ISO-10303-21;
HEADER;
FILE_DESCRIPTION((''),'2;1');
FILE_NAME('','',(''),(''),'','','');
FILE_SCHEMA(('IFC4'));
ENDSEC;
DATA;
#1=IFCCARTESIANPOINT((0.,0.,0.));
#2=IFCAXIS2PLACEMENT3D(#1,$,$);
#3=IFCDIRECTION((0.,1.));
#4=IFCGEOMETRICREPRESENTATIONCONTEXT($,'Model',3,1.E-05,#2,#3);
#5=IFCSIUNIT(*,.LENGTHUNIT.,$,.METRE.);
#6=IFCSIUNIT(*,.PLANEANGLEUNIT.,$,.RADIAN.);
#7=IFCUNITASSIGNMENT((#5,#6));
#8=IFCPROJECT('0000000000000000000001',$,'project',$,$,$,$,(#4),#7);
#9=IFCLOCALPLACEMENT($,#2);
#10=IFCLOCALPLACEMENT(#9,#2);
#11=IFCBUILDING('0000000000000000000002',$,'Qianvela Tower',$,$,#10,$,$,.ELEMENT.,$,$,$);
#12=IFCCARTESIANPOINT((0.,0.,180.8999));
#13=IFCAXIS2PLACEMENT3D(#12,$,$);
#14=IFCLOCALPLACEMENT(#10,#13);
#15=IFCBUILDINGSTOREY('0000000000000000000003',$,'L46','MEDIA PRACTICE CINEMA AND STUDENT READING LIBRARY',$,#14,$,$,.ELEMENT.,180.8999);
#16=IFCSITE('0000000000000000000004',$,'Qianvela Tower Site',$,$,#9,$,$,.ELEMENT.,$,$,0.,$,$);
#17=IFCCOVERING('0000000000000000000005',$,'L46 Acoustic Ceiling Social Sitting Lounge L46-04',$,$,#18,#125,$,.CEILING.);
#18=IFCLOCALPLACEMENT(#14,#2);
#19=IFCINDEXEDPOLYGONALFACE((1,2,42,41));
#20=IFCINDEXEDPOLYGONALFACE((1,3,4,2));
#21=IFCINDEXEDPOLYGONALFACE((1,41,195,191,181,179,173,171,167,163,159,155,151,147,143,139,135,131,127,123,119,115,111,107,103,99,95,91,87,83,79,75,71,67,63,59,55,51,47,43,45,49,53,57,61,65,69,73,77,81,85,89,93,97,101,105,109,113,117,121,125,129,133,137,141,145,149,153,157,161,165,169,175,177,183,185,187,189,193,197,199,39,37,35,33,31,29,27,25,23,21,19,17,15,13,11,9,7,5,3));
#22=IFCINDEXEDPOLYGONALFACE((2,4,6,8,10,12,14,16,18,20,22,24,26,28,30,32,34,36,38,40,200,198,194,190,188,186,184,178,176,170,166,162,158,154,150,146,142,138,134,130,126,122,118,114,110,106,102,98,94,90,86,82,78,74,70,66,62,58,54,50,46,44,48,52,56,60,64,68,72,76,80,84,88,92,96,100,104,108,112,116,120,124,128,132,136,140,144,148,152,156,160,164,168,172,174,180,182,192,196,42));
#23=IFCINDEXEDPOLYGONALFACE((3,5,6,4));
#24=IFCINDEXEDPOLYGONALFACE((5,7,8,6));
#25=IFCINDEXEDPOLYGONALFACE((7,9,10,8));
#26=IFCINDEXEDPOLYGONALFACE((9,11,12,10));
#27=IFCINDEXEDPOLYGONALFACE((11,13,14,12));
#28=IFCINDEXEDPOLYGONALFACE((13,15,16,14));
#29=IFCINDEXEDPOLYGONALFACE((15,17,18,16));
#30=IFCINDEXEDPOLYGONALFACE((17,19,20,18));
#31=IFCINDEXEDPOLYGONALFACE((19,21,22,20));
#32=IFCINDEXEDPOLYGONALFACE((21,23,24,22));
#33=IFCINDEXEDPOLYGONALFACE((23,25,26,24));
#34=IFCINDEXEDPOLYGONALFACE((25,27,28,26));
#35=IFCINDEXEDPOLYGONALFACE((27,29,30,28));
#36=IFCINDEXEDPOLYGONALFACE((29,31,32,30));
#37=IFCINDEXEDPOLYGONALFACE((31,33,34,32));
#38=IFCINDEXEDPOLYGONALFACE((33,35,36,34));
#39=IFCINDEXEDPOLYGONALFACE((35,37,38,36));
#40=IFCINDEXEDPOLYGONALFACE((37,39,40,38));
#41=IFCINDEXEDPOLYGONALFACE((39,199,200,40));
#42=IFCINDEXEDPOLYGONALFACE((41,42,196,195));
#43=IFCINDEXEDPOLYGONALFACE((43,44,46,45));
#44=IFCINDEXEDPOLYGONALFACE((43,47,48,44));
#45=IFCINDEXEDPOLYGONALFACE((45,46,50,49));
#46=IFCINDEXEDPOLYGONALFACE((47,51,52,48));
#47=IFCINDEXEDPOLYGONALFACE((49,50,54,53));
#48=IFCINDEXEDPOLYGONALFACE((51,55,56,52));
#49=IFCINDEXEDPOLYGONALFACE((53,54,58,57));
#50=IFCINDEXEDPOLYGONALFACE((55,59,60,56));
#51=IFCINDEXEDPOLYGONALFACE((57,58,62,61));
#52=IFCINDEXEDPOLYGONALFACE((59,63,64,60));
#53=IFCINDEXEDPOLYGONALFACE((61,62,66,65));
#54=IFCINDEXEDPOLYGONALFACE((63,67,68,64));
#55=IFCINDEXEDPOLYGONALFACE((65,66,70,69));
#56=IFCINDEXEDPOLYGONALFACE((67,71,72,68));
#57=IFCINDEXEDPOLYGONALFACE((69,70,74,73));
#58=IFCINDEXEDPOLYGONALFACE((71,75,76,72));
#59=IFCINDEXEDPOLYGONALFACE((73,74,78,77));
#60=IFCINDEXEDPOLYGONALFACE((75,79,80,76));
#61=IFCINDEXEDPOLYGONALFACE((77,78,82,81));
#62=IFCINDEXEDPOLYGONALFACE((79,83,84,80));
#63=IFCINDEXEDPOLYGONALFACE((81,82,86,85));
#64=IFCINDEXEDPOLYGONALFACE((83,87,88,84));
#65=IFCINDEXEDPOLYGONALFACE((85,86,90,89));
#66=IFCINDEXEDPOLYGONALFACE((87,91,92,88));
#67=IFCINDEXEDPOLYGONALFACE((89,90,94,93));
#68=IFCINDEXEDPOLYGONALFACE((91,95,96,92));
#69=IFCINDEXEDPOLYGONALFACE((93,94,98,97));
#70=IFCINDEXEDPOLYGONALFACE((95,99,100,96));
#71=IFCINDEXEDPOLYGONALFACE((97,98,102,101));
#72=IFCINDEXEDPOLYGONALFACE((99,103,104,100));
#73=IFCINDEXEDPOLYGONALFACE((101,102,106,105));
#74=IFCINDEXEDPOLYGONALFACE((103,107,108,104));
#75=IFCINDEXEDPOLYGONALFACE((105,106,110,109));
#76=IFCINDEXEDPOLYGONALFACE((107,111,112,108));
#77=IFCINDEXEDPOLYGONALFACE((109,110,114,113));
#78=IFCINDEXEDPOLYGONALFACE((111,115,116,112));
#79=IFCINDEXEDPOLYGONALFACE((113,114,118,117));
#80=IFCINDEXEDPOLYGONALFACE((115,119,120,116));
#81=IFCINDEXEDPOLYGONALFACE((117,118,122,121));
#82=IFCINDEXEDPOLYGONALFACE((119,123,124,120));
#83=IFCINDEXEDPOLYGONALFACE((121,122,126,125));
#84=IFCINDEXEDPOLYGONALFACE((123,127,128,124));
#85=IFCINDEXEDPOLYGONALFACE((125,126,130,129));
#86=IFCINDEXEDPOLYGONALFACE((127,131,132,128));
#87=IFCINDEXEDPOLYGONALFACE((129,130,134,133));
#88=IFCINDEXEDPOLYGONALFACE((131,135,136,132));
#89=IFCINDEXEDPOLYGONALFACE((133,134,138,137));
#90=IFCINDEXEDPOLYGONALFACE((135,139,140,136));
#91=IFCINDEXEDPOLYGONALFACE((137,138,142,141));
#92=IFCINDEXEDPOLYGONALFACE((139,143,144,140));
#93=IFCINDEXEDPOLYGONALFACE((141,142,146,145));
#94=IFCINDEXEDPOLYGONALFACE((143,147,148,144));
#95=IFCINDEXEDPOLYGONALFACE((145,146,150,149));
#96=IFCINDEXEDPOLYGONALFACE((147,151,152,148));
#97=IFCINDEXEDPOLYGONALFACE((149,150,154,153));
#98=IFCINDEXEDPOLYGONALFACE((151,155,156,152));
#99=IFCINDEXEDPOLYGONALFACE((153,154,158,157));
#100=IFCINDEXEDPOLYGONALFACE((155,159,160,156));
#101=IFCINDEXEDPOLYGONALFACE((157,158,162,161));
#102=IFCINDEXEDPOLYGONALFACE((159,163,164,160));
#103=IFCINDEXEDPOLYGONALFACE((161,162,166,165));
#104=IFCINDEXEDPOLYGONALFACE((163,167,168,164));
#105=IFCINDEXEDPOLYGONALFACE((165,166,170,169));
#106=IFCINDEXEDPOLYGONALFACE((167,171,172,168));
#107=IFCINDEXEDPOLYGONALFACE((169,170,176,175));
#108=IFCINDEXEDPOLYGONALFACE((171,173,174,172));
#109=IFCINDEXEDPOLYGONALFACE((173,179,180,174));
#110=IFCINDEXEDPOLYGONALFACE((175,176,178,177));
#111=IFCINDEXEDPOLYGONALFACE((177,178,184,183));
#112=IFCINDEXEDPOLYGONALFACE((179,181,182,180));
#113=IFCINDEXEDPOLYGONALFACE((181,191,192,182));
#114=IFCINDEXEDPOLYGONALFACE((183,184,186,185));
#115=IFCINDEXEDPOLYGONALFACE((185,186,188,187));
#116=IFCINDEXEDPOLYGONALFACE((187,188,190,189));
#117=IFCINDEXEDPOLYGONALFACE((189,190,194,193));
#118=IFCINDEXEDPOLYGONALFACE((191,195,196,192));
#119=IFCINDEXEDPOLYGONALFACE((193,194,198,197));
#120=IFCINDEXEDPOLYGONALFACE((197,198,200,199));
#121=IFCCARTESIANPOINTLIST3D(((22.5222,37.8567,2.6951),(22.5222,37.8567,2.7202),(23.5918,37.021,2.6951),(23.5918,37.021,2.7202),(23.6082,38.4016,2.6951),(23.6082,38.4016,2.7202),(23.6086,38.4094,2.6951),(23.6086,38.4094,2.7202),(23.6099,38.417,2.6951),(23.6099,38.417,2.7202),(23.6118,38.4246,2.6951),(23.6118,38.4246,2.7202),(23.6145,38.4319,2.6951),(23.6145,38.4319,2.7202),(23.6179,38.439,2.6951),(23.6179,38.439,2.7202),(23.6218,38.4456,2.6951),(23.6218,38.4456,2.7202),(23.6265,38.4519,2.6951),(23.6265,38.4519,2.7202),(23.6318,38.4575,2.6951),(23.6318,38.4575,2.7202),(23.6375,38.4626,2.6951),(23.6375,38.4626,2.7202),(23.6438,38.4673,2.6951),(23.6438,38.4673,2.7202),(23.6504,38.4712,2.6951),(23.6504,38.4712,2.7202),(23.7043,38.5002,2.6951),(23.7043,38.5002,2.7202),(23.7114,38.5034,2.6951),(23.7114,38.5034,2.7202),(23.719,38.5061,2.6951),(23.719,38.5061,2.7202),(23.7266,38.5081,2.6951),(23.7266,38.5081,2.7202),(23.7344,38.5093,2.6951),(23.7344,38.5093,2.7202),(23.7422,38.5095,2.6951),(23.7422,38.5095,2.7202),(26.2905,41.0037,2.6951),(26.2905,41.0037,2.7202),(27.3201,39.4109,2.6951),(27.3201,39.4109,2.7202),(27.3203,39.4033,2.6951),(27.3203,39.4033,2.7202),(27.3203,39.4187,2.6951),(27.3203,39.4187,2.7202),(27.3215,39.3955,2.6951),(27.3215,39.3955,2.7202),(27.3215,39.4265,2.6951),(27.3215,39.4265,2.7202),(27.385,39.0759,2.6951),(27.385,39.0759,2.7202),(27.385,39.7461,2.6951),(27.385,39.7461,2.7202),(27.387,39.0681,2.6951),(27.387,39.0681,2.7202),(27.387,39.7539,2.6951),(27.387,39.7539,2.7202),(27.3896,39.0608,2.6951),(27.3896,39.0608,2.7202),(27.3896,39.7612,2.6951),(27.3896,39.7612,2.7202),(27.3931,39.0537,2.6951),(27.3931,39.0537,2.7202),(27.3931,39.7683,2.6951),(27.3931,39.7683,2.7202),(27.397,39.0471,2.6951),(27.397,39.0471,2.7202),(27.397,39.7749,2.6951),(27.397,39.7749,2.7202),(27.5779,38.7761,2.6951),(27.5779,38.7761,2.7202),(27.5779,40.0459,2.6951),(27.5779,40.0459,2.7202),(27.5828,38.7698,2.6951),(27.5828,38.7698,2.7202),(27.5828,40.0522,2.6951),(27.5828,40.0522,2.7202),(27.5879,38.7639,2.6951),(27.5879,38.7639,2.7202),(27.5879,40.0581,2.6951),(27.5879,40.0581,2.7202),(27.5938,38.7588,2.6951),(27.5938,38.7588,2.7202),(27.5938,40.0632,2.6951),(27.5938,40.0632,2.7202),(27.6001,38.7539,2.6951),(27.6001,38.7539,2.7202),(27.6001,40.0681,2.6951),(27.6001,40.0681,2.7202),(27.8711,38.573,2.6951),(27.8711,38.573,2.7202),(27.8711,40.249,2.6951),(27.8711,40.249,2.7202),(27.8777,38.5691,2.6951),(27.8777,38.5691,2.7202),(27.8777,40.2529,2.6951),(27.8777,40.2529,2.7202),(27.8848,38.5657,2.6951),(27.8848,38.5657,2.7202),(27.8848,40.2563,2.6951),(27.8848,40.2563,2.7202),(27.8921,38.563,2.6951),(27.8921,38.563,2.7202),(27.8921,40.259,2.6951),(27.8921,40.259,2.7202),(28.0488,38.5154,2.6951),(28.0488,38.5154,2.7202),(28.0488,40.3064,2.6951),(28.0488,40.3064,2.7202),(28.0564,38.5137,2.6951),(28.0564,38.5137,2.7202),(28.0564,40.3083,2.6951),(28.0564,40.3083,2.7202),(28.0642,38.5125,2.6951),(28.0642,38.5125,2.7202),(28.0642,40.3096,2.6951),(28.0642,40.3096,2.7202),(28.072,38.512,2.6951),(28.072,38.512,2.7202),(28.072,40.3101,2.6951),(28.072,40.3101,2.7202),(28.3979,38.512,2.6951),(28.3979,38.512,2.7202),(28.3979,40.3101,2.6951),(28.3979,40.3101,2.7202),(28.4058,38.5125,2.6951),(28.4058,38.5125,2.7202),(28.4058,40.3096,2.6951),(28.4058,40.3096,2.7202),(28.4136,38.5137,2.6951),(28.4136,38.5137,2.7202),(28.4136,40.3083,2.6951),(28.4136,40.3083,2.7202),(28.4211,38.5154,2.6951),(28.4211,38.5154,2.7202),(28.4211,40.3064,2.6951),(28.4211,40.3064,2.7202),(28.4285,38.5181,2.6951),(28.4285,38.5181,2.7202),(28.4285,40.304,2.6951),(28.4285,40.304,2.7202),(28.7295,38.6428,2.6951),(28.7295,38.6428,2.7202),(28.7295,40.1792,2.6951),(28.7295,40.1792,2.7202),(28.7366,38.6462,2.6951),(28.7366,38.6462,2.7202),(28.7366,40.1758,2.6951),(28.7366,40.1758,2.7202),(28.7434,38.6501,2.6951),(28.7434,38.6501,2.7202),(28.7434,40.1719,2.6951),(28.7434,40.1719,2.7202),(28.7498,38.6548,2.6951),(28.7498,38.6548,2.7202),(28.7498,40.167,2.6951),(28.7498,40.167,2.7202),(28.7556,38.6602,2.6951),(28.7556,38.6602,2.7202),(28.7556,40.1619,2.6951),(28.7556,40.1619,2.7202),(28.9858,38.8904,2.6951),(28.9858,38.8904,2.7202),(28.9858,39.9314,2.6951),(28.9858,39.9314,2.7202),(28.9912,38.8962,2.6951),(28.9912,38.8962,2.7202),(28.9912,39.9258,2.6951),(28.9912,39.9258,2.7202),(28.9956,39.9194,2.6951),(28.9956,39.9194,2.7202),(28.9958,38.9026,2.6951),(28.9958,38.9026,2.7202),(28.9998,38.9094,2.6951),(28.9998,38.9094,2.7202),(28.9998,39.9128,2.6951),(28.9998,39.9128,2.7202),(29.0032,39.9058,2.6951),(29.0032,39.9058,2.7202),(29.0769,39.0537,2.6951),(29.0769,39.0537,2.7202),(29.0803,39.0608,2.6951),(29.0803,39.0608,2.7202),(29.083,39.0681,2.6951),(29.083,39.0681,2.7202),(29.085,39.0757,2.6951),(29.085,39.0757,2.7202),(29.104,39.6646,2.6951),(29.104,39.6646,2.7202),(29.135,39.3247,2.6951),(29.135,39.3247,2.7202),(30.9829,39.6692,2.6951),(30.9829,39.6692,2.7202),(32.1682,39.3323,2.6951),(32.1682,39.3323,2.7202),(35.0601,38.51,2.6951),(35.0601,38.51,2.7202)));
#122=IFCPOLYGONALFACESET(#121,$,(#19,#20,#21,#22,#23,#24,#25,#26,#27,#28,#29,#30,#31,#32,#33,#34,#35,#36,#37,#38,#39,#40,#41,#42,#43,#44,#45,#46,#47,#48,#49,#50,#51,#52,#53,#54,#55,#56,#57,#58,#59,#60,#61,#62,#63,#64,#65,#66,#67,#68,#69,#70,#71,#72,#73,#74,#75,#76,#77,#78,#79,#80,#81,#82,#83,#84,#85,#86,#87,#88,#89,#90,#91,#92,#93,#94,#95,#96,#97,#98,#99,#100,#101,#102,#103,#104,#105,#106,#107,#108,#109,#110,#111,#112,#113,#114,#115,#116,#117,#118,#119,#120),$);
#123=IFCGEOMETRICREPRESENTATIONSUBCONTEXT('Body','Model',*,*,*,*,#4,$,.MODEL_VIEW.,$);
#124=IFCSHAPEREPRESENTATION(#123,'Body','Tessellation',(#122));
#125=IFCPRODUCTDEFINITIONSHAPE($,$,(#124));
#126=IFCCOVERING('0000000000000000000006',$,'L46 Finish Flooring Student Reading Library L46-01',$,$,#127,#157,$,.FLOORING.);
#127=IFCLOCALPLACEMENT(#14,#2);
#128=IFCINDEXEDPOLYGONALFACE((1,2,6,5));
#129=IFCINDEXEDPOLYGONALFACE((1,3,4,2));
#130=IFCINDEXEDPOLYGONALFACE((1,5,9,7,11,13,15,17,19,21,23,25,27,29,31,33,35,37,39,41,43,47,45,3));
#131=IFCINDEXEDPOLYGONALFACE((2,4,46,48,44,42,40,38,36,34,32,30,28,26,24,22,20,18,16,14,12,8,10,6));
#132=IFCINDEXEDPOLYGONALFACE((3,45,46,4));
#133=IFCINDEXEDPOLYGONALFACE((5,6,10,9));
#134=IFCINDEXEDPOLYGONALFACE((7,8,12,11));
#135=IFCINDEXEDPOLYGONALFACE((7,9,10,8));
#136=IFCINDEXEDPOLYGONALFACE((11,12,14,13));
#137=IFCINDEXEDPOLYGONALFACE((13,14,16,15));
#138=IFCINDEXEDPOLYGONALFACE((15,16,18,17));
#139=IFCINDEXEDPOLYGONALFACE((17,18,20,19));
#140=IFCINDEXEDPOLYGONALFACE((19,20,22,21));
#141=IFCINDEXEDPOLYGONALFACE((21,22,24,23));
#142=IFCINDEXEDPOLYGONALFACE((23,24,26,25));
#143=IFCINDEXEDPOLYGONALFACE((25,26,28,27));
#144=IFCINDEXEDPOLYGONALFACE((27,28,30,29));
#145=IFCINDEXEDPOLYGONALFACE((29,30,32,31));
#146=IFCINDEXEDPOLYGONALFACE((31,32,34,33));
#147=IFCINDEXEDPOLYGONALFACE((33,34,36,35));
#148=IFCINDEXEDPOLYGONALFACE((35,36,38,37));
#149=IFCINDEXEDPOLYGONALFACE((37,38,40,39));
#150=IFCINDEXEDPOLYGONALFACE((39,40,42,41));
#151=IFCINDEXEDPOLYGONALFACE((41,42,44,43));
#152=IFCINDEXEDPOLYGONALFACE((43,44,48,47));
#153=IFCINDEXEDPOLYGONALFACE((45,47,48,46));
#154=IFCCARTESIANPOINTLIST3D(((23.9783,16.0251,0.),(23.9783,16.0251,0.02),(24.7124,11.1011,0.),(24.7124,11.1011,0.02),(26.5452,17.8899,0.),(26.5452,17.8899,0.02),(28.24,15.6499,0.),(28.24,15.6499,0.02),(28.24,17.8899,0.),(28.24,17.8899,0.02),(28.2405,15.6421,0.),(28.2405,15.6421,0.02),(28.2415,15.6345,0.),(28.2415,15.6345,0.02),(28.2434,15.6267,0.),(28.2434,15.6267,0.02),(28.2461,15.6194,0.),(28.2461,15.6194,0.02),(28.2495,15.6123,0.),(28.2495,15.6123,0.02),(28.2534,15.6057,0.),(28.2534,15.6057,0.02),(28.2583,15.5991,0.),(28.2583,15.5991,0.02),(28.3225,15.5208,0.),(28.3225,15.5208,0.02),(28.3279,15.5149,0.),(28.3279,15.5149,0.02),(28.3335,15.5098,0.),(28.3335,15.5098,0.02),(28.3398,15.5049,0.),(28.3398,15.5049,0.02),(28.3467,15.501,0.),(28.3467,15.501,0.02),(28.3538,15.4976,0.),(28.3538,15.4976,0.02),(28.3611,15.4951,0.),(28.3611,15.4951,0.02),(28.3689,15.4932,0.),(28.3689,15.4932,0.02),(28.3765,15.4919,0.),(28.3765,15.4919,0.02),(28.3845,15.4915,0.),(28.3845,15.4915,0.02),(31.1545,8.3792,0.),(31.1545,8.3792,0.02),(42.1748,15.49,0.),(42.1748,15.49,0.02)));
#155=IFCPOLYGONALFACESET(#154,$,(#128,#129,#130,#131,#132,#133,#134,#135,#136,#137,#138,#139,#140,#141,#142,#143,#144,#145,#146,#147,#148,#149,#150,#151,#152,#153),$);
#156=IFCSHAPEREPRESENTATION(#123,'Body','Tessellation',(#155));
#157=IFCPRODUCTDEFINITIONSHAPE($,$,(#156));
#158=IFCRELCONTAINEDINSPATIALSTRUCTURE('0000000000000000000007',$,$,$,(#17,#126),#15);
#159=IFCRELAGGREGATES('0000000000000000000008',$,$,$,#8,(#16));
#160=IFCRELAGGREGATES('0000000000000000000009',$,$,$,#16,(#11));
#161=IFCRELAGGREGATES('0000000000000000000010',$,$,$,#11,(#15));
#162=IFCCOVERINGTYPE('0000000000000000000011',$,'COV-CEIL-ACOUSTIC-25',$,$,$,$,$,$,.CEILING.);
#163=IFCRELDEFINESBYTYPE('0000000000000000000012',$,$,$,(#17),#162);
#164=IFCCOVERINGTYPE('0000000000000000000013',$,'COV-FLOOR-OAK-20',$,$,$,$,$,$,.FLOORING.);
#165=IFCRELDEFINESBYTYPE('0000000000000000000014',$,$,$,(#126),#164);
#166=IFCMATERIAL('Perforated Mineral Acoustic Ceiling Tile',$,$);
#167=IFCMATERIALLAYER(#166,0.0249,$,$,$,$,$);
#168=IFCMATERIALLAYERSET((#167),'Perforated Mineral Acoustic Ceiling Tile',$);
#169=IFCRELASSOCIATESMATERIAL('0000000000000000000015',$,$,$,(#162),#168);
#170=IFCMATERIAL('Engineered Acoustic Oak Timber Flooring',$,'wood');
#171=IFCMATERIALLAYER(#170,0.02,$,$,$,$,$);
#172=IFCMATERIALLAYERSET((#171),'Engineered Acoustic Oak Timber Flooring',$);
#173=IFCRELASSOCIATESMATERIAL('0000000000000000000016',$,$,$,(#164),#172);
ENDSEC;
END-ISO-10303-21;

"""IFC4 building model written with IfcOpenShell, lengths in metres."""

from ifc_helpers import new_model, si_unit, direction, frame, origin, place, context, subcontext, project, spatial, polyline, outline, extrude, material, layer, layer_set, type_object, element, save


model = new_model("IFC4")

# Units and contexts
model_context = context("Model", 3, precision=1e-05, world=origin(), true_north=direction((0.0, 1.0)))
body_context = subcontext(model_context, "Body", "Model", "MODEL_VIEW")
ifc_project = project(units=[si_unit("LENGTHUNIT", "METRE"), si_unit("PLANEANGLEUNIT", "RADIAN")], contexts=[model_context])

# Site, building, storey
site_placement = place(None, origin())
site = spatial("IfcSite", under=ifc_project, at=site_placement, Name="Qianvela Tower Site", CompositionType="ELEMENT", RefElevation=0.0)
building_placement = place(site_placement, origin())
building = spatial("IfcBuilding", under=site, at=building_placement, Name="Qianvela Tower", CompositionType="ELEMENT")
storey_placement = place(building_placement, frame((0.0, 0.0, 180.8999)))
storey = spatial("IfcBuildingStorey", under=building, at=storey_placement, Name="L46", Description="MEDIA PRACTICE CINEMA AND STUDENT READING LIBRARY", CompositionType="ELEMENT", Elevation=180.8999)

# Coverings
ifc_material_1 = material(Name="Perforated Mineral Acoustic Ceiling Tile")
ifc_layer_1 = layer(ifc_material_1, 0.0249)
ifc_layer_set_1 = layer_set([ifc_layer_1], Name="Perforated Mineral Acoustic Ceiling Tile")
covering_type_1 = type_object("IfcCoveringType", Name="COV-CEIL-ACOUSTIC-25", PredefinedType="CEILING", material=ifc_layer_set_1)
covering_1_placement = place(storey_placement, frame((0.0, 0.0, 2.6951)))
element("IfcCovering", 1, at=covering_1_placement, inside=storey, type_object=covering_type_1, Name="L46 Acoustic Ceiling Social Sitting Lounge L46-04", PredefinedType="CEILING", context=body_context, shape_type="SweptSolid", body=[
    extrude(outline(polyline([(23.6504, 38.4712), (23.6438, 38.4673), (23.6375, 38.4626), (23.6318, 38.4575), (23.6265, 38.4519), (23.6218, 38.4456), (23.6179, 38.439), (23.6145, 38.4319), (23.6118, 38.4246), (23.6099, 38.417), (23.6086, 38.4094), (23.6082, 38.4016), (23.5918, 37.021), (22.5222, 37.8567), (26.2905, 41.0037), (30.9829, 39.6692), (29.104, 39.6646), (29.0032, 39.9058), (28.9998, 39.9128), (28.9956, 39.9194), (28.9912, 39.9258), (28.9858, 39.9314), (28.7556, 40.1619), (28.7498, 40.167), (28.7434, 40.1719), (28.7366, 40.1758), (28.7295, 40.1792), (28.4285, 40.304), (28.4211, 40.3064), (28.4136, 40.3083), (28.4058, 40.3096), (28.3979, 40.3101), (28.072, 40.3101), (28.0642, 40.3096), (28.0564, 40.3083), (28.0488, 40.3064), (27.8921, 40.259), (27.8848, 40.2563), (27.8777, 40.2529), (27.8711, 40.249), (27.6001, 40.0681), (27.5938, 40.0632), (27.5879, 40.0581), (27.5828, 40.0522), (27.5779, 40.0459), (27.397, 39.7749), (27.3931, 39.7683), (27.3896, 39.7612), (27.387, 39.7539), (27.385, 39.7461), (27.3215, 39.4265), (27.3203, 39.4187), (27.3201, 39.4109), (27.3203, 39.4033), (27.3215, 39.3955), (27.385, 39.0759), (27.387, 39.0681), (27.3896, 39.0608), (27.3931, 39.0537), (27.397, 39.0471), (27.5779, 38.7761), (27.5828, 38.7698), (27.5879, 38.7639), (27.5938, 38.7588), (27.6001, 38.7539), (27.8711, 38.573), (27.8777, 38.5691), (27.8848, 38.5657), (27.8921, 38.563), (28.0488, 38.5154), (28.0564, 38.5137), (28.0642, 38.5125), (28.072, 38.512), (28.3979, 38.512), (28.4058, 38.5125), (28.4136, 38.5137), (28.4211, 38.5154), (28.4285, 38.5181), (28.7295, 38.6428), (28.7366, 38.6462), (28.7434, 38.6501), (28.7498, 38.6548), (28.7556, 38.6602), (28.9858, 38.8904), (28.9912, 38.8962), (28.9958, 38.9026), (28.9998, 38.9094), (29.0769, 39.0537), (29.0803, 39.0608), (29.083, 39.0681), (29.085, 39.0757), (29.135, 39.3247), (32.1682, 39.3323), (35.0601, 38.51), (23.7422, 38.5095), (23.7344, 38.5093), (23.7266, 38.5081), (23.719, 38.5061), (23.7114, 38.5034), (23.7043, 38.5002), (23.6504, 38.4712)])), origin(), (0.0, 0.0, 1.0), 0.0251),
])
ifc_material_2 = material(Name="Engineered Acoustic Oak Timber Flooring", Category="wood")
ifc_layer_2 = layer(ifc_material_2, 0.02)
ifc_layer_set_2 = layer_set([ifc_layer_2], Name="Engineered Acoustic Oak Timber Flooring")
covering_type_2 = type_object("IfcCoveringType", Name="COV-FLOOR-OAK-20", PredefinedType="FLOORING", material=ifc_layer_set_2)
covering_2_placement = place(storey_placement, origin())
element("IfcCovering", 2, at=covering_2_placement, inside=storey, type_object=covering_type_2, Name="L46 Finish Flooring Student Reading Library L46-01", PredefinedType="FLOORING", context=body_context, shape_type="SweptSolid", body=[
    extrude(outline(polyline([(28.24, 17.8899), (28.24, 15.6499), (28.2405, 15.6421), (28.2415, 15.6345), (28.2434, 15.6267), (28.2461, 15.6194), (28.2495, 15.6123), (28.2534, 15.6057), (28.2583, 15.5991), (28.3225, 15.5208), (28.3279, 15.5149), (28.3335, 15.5098), (28.3398, 15.5049), (28.3467, 15.501), (28.3538, 15.4976), (28.3611, 15.4951), (28.3689, 15.4932), (28.3765, 15.4919), (28.3845, 15.4915), (42.1748, 15.49), (31.1545, 8.3792), (24.7124, 11.1011), (23.9783, 16.0251), (26.5452, 17.8899), (28.24, 17.8899)])), origin(), (0.0, 0.0, 1.0), 0.02),
])

save(model, "model.ifc")
